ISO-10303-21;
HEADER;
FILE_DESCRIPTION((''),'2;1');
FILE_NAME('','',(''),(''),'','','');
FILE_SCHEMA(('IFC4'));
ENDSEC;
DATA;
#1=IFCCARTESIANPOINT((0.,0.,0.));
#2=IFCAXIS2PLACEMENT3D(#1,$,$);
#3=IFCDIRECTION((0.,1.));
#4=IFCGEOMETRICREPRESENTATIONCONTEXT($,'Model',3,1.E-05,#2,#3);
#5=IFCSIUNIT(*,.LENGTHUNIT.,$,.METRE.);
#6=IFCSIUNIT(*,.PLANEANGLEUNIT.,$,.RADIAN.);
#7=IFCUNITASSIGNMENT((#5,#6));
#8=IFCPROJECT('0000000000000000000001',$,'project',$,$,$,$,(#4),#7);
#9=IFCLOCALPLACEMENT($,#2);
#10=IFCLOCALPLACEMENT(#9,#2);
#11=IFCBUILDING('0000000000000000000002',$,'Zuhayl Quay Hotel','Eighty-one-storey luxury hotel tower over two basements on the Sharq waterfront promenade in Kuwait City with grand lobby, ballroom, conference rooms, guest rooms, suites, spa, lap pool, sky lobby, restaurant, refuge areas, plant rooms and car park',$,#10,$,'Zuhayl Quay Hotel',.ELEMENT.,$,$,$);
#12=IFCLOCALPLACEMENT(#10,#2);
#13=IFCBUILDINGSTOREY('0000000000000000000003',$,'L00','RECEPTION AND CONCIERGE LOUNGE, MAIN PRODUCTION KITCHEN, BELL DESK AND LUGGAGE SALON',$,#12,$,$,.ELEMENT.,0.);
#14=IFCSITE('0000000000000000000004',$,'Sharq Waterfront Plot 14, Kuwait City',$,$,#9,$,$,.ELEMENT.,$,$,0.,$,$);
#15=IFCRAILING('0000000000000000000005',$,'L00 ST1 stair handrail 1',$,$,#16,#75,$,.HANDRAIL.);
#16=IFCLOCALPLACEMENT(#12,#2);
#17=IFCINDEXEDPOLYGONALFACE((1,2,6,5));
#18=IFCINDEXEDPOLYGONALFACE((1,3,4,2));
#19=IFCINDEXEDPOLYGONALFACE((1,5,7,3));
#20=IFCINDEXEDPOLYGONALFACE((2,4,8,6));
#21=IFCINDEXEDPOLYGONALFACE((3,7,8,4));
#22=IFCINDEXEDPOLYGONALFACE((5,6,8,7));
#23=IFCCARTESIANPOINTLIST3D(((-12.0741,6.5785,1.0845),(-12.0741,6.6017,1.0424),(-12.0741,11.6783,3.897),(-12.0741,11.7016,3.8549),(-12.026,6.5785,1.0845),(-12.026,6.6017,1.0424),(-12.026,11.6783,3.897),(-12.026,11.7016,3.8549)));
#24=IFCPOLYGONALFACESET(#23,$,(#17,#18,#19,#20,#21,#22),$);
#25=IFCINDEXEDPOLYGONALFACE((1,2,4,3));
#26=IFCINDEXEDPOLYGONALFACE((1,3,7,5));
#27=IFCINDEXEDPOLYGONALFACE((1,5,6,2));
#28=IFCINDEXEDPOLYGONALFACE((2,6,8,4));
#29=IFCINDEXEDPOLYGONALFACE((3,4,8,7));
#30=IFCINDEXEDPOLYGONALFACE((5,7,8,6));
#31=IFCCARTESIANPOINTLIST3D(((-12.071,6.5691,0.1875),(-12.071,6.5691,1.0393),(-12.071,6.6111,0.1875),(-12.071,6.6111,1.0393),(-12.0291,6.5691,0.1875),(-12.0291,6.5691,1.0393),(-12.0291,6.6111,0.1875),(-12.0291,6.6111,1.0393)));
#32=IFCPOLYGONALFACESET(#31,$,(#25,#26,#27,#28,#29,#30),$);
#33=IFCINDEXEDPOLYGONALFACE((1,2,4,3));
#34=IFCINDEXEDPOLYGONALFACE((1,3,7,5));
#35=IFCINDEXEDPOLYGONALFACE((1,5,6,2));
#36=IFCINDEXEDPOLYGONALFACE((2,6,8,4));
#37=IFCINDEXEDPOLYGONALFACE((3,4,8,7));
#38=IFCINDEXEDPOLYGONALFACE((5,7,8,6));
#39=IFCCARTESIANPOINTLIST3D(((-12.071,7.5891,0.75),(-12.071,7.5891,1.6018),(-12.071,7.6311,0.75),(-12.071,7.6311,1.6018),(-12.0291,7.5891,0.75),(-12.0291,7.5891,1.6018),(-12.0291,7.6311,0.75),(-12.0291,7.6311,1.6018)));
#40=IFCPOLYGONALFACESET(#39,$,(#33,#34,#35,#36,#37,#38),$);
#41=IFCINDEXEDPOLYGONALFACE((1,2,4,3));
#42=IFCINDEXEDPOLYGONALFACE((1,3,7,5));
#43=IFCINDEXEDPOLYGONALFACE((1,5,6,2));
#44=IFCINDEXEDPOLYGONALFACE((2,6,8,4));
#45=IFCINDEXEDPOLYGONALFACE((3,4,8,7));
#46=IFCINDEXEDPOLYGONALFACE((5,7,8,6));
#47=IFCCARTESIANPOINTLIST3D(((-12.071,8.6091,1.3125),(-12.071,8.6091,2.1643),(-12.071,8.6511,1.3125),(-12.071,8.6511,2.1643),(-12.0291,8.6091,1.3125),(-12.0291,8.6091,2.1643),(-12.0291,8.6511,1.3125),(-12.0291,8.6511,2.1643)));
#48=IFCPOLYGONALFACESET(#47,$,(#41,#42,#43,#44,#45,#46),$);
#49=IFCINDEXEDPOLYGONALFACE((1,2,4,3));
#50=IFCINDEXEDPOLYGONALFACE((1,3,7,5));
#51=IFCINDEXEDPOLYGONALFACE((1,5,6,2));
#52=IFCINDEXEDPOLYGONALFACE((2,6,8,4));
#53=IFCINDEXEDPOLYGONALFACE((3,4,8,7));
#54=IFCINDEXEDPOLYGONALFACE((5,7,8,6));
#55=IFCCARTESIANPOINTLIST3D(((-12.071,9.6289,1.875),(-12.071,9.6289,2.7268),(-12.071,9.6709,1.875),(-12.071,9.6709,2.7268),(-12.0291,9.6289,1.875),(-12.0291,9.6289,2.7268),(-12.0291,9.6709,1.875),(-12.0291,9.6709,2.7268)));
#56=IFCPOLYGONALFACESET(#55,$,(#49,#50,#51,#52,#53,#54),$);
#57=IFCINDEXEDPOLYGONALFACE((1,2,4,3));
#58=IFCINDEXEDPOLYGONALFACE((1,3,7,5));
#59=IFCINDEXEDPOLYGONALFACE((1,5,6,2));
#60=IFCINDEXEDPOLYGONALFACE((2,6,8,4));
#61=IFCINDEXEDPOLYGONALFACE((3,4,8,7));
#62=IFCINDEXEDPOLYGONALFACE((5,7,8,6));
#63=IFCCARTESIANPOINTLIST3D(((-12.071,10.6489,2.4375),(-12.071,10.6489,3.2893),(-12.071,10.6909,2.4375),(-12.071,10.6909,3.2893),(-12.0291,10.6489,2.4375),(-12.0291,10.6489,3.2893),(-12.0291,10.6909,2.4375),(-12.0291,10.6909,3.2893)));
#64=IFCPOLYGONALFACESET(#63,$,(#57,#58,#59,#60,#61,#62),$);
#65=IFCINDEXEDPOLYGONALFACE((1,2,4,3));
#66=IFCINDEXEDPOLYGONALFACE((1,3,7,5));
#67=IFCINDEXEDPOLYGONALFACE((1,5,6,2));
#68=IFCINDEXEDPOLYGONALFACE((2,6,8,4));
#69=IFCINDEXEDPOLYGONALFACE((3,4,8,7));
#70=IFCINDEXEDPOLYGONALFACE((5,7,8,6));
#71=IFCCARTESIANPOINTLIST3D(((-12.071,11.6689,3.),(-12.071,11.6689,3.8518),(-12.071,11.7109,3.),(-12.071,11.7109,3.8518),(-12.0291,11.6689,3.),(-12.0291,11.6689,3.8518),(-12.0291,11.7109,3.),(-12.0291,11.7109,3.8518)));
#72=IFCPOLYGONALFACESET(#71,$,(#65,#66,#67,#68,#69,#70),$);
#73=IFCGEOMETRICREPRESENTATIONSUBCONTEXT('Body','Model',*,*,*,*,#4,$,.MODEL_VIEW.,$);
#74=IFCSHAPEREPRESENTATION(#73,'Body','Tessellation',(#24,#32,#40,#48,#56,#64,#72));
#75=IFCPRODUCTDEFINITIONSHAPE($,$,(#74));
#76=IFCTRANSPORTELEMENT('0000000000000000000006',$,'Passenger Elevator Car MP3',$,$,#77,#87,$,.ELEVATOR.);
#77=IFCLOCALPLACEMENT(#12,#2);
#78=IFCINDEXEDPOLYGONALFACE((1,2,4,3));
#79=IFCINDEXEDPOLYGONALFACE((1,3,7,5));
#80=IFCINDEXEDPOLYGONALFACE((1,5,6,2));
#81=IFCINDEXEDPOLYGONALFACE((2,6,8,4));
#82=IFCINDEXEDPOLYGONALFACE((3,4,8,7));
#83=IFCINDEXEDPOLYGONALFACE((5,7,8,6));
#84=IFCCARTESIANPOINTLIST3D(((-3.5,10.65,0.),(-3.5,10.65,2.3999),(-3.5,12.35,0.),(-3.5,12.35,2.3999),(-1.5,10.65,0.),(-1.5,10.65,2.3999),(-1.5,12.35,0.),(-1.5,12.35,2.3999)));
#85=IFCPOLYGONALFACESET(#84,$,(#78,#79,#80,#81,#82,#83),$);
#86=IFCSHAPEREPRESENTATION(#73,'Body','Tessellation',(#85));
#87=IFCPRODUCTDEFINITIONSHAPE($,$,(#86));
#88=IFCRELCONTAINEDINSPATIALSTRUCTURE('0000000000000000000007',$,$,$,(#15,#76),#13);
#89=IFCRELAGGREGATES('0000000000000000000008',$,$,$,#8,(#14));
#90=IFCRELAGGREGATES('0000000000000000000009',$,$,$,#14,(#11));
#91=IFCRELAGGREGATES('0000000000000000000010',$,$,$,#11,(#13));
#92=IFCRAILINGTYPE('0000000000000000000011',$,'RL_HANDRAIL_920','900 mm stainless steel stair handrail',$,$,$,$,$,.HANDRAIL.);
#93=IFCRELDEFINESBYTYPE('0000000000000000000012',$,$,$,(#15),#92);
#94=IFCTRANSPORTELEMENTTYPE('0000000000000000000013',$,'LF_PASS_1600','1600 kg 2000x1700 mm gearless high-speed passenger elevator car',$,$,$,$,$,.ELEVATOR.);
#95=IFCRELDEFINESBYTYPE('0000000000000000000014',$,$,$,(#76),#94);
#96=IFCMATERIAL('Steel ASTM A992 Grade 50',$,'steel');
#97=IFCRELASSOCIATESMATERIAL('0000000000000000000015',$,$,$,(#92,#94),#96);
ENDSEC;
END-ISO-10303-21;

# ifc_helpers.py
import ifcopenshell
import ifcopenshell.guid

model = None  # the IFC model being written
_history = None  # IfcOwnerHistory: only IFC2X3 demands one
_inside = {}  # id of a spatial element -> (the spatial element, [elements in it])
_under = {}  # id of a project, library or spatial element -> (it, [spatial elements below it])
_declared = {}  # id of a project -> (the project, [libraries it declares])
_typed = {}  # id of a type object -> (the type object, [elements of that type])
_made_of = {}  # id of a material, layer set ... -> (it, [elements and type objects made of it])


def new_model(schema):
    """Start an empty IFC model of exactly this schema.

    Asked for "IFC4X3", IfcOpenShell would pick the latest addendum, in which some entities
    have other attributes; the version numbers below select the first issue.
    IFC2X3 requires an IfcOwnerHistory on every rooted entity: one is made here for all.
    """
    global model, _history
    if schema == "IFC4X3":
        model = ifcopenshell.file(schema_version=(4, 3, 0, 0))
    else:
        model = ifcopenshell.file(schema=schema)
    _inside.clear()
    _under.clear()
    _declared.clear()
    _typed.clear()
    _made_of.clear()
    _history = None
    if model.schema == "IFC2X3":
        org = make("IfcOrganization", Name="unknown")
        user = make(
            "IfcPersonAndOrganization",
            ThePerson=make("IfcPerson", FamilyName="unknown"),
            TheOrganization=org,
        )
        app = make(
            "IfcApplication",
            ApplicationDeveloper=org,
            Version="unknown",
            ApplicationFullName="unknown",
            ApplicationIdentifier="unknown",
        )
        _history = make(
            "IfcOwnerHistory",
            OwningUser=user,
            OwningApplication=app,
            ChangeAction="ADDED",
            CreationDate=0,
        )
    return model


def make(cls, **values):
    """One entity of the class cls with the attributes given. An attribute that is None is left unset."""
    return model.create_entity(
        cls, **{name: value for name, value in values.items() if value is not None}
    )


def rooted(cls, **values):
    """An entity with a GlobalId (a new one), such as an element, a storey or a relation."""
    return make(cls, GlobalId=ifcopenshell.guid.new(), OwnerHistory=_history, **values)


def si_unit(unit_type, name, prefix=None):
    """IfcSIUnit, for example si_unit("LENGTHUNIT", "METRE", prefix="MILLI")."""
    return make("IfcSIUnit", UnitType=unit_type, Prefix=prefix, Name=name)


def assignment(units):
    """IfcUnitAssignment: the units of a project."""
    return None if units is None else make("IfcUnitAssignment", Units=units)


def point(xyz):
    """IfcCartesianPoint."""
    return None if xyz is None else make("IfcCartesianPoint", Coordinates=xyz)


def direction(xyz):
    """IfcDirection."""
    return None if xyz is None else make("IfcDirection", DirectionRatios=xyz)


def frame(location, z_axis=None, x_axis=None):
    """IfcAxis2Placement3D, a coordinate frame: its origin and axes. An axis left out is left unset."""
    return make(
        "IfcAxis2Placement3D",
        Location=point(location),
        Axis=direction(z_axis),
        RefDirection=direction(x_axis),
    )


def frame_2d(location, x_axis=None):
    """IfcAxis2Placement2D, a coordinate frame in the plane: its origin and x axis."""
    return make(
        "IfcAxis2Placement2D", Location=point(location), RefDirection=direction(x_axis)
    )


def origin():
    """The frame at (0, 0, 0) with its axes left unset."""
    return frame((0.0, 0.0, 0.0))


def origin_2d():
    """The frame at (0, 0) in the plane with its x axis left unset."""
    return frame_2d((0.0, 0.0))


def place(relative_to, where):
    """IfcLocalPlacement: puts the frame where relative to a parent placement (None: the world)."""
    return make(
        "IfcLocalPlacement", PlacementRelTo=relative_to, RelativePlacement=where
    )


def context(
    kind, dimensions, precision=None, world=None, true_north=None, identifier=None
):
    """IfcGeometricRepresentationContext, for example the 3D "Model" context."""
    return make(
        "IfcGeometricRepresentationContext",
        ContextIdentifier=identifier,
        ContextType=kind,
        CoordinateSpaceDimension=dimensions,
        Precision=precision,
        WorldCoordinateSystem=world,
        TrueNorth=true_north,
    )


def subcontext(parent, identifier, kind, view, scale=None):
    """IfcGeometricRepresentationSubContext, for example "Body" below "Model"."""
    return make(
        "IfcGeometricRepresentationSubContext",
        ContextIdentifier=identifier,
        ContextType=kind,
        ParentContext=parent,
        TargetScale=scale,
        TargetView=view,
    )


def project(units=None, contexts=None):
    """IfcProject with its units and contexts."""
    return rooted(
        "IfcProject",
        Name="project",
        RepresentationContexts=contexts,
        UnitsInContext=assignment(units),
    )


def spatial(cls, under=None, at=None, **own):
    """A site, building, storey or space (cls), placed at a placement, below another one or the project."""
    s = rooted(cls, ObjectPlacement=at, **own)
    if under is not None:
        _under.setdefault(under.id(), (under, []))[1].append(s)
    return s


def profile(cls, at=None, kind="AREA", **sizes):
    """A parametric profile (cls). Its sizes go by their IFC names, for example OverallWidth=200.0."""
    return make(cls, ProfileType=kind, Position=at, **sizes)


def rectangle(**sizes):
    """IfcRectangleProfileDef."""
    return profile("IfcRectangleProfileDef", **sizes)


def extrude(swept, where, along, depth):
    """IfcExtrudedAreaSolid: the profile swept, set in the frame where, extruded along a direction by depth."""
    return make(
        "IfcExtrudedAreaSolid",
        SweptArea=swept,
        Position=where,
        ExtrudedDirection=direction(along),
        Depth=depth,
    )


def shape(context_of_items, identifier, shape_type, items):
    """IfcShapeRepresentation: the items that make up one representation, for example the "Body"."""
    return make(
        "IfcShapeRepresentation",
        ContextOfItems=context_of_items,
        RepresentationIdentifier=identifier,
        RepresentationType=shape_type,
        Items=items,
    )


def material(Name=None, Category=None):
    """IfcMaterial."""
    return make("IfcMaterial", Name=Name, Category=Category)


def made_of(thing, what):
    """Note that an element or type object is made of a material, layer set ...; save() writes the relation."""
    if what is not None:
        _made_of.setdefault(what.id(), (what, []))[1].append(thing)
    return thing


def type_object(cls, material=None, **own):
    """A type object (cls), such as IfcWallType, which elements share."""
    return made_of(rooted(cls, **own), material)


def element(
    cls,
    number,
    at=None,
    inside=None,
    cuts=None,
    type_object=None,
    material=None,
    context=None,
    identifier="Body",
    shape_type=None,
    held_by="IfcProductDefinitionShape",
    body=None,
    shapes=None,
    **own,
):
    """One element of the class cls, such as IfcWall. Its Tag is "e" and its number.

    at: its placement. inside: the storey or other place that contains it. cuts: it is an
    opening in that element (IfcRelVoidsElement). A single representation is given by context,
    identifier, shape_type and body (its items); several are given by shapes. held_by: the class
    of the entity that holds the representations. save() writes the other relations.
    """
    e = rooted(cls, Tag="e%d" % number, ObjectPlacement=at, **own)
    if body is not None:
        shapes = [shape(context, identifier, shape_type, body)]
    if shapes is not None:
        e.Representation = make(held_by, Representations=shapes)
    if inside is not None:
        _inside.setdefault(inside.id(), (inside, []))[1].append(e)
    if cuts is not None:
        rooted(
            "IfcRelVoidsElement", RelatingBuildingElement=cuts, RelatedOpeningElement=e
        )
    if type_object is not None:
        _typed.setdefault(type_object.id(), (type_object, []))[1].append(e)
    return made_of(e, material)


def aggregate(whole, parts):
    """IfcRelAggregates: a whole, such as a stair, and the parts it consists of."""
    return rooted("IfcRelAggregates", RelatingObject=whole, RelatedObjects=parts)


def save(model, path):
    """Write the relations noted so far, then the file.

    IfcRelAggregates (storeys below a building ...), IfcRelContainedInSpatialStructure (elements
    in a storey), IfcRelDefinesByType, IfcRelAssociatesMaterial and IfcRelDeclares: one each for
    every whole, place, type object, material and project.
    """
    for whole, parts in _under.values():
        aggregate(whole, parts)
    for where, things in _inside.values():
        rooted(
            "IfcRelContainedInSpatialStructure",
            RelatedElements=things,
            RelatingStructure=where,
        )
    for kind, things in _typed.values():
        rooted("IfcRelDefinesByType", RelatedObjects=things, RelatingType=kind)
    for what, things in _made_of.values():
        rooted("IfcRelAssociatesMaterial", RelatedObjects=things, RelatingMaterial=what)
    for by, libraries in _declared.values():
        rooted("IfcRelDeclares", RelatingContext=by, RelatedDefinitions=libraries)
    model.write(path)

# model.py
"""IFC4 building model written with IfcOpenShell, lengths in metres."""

from ifc_helpers import new_model, si_unit, direction, frame, origin, origin_2d, place, context, subcontext, project, spatial, rectangle, extrude, material, type_object, element, save


model = new_model("IFC4")

# Units and contexts
model_context = context("Model", 3, precision=1e-05, world=origin(), true_north=direction((0.0, 1.0)))
body_context = subcontext(model_context, "Body", "Model", "MODEL_VIEW")
ifc_project = project(units=[si_unit("LENGTHUNIT", "METRE"), si_unit("PLANEANGLEUNIT", "RADIAN")], contexts=[model_context])

# Site, building, storey
site_placement = place(None, origin())
site = spatial("IfcSite", under=ifc_project, at=site_placement, Name="Sharq Waterfront Plot 14, Kuwait City", CompositionType="ELEMENT", RefElevation=0.0)
building_placement = place(site_placement, origin())
building = spatial("IfcBuilding", under=site, at=building_placement, Name="Zuhayl Quay Hotel", Description="Eighty-one-storey luxury hotel tower over two basements on the Sharq waterfront promenade in Kuwait City with grand lobby, ballroom, conference rooms, guest rooms, suites, spa, lap pool, sky lobby, restaurant, refuge areas, plant rooms and car park", LongName="Zuhayl Quay Hotel", CompositionType="ELEMENT")
storey_placement = place(building_placement, origin())
storey = spatial("IfcBuildingStorey", under=building, at=storey_placement, Name="L00", Description="RECEPTION AND CONCIERGE LOUNGE, MAIN PRODUCTION KITCHEN, BELL DESK AND LUGGAGE SALON", CompositionType="ELEMENT", Elevation=0.0)

# Shared definitions
ifc_material_1 = material(Name="Steel ASTM A992 Grade 50", Category="steel")

# Railing
railing_type_1 = type_object("IfcRailingType", Name="RL_HANDRAIL_920", Description="900 mm stainless steel stair handrail", PredefinedType="HANDRAIL", material=ifc_material_1)
railing_1_placement = place(storey_placement, frame((-12.05, 6.5901, 0.1875)))
element("IfcRailing", 1, at=railing_1_placement, inside=storey, type_object=railing_type_1, Name="L00 ST1 stair handrail 1", PredefinedType="HANDRAIL", context=body_context, shape_type="SweptSolid", body=[
    extrude(rectangle(XDim=0.0481, YDim=0.0481, at=origin_2d()), frame((0.0, 0.0, 0.876), z_axis=(0.0, 0.875666, 0.482918), x_axis=(-1.0, 0.0, 0.0)), (0.0, 0.0, 1.0), 5.824),
    extrude(rectangle(XDim=0.042, YDim=0.042, at=origin_2d()), origin(), (0.0, 0.0, 1.0), 0.8518),
    extrude(rectangle(XDim=0.042, YDim=0.042, at=origin_2d()), frame((0.0, 1.02, 0.5625)), (0.0, 0.0, 1.0), 0.8518),
    extrude(rectangle(XDim=0.042, YDim=0.042, at=origin_2d()), frame((0.0, 2.04, 1.125)), (0.0, 0.0, 1.0), 0.8518),
    extrude(rectangle(XDim=0.042, YDim=0.042, at=origin_2d()), frame((0.0, 3.0598, 1.6875)), (0.0, 0.0, 1.0), 0.8518),
    extrude(rectangle(XDim=0.042, YDim=0.042, at=origin_2d()), frame((0.0, 4.0798, 2.25)), (0.0, 0.0, 1.0), 0.8518),
    extrude(rectangle(XDim=0.042, YDim=0.042, at=origin_2d()), frame((0.0, 5.0999, 2.8125)), (0.0, 0.0, 1.0), 0.8518),
])

# Transport element
transport_element_type = type_object("IfcTransportElementType", Name="LF_PASS_1600", Description="1600 kg 2000x1700 mm gearless high-speed passenger elevator car", PredefinedType="ELEVATOR", material=ifc_material_1)
transport_element_placement = place(storey_placement, frame((-2.5, 11.5, 0.0), z_axis=(0.0, 0.0, 1.0), x_axis=(1.0, 0.0, 0.0)))
element("IfcTransportElement", 2, at=transport_element_placement, inside=storey, type_object=transport_element_type, Name="Passenger Elevator Car MP3", PredefinedType="ELEVATOR", context=body_context, shape_type="SweptSolid", body=[
    extrude(rectangle(XDim=2.0, YDim=1.7, at=origin_2d()), origin(), (0.0, 0.0, 1.0), 2.3999),
])

save(model, "model.ifc")
